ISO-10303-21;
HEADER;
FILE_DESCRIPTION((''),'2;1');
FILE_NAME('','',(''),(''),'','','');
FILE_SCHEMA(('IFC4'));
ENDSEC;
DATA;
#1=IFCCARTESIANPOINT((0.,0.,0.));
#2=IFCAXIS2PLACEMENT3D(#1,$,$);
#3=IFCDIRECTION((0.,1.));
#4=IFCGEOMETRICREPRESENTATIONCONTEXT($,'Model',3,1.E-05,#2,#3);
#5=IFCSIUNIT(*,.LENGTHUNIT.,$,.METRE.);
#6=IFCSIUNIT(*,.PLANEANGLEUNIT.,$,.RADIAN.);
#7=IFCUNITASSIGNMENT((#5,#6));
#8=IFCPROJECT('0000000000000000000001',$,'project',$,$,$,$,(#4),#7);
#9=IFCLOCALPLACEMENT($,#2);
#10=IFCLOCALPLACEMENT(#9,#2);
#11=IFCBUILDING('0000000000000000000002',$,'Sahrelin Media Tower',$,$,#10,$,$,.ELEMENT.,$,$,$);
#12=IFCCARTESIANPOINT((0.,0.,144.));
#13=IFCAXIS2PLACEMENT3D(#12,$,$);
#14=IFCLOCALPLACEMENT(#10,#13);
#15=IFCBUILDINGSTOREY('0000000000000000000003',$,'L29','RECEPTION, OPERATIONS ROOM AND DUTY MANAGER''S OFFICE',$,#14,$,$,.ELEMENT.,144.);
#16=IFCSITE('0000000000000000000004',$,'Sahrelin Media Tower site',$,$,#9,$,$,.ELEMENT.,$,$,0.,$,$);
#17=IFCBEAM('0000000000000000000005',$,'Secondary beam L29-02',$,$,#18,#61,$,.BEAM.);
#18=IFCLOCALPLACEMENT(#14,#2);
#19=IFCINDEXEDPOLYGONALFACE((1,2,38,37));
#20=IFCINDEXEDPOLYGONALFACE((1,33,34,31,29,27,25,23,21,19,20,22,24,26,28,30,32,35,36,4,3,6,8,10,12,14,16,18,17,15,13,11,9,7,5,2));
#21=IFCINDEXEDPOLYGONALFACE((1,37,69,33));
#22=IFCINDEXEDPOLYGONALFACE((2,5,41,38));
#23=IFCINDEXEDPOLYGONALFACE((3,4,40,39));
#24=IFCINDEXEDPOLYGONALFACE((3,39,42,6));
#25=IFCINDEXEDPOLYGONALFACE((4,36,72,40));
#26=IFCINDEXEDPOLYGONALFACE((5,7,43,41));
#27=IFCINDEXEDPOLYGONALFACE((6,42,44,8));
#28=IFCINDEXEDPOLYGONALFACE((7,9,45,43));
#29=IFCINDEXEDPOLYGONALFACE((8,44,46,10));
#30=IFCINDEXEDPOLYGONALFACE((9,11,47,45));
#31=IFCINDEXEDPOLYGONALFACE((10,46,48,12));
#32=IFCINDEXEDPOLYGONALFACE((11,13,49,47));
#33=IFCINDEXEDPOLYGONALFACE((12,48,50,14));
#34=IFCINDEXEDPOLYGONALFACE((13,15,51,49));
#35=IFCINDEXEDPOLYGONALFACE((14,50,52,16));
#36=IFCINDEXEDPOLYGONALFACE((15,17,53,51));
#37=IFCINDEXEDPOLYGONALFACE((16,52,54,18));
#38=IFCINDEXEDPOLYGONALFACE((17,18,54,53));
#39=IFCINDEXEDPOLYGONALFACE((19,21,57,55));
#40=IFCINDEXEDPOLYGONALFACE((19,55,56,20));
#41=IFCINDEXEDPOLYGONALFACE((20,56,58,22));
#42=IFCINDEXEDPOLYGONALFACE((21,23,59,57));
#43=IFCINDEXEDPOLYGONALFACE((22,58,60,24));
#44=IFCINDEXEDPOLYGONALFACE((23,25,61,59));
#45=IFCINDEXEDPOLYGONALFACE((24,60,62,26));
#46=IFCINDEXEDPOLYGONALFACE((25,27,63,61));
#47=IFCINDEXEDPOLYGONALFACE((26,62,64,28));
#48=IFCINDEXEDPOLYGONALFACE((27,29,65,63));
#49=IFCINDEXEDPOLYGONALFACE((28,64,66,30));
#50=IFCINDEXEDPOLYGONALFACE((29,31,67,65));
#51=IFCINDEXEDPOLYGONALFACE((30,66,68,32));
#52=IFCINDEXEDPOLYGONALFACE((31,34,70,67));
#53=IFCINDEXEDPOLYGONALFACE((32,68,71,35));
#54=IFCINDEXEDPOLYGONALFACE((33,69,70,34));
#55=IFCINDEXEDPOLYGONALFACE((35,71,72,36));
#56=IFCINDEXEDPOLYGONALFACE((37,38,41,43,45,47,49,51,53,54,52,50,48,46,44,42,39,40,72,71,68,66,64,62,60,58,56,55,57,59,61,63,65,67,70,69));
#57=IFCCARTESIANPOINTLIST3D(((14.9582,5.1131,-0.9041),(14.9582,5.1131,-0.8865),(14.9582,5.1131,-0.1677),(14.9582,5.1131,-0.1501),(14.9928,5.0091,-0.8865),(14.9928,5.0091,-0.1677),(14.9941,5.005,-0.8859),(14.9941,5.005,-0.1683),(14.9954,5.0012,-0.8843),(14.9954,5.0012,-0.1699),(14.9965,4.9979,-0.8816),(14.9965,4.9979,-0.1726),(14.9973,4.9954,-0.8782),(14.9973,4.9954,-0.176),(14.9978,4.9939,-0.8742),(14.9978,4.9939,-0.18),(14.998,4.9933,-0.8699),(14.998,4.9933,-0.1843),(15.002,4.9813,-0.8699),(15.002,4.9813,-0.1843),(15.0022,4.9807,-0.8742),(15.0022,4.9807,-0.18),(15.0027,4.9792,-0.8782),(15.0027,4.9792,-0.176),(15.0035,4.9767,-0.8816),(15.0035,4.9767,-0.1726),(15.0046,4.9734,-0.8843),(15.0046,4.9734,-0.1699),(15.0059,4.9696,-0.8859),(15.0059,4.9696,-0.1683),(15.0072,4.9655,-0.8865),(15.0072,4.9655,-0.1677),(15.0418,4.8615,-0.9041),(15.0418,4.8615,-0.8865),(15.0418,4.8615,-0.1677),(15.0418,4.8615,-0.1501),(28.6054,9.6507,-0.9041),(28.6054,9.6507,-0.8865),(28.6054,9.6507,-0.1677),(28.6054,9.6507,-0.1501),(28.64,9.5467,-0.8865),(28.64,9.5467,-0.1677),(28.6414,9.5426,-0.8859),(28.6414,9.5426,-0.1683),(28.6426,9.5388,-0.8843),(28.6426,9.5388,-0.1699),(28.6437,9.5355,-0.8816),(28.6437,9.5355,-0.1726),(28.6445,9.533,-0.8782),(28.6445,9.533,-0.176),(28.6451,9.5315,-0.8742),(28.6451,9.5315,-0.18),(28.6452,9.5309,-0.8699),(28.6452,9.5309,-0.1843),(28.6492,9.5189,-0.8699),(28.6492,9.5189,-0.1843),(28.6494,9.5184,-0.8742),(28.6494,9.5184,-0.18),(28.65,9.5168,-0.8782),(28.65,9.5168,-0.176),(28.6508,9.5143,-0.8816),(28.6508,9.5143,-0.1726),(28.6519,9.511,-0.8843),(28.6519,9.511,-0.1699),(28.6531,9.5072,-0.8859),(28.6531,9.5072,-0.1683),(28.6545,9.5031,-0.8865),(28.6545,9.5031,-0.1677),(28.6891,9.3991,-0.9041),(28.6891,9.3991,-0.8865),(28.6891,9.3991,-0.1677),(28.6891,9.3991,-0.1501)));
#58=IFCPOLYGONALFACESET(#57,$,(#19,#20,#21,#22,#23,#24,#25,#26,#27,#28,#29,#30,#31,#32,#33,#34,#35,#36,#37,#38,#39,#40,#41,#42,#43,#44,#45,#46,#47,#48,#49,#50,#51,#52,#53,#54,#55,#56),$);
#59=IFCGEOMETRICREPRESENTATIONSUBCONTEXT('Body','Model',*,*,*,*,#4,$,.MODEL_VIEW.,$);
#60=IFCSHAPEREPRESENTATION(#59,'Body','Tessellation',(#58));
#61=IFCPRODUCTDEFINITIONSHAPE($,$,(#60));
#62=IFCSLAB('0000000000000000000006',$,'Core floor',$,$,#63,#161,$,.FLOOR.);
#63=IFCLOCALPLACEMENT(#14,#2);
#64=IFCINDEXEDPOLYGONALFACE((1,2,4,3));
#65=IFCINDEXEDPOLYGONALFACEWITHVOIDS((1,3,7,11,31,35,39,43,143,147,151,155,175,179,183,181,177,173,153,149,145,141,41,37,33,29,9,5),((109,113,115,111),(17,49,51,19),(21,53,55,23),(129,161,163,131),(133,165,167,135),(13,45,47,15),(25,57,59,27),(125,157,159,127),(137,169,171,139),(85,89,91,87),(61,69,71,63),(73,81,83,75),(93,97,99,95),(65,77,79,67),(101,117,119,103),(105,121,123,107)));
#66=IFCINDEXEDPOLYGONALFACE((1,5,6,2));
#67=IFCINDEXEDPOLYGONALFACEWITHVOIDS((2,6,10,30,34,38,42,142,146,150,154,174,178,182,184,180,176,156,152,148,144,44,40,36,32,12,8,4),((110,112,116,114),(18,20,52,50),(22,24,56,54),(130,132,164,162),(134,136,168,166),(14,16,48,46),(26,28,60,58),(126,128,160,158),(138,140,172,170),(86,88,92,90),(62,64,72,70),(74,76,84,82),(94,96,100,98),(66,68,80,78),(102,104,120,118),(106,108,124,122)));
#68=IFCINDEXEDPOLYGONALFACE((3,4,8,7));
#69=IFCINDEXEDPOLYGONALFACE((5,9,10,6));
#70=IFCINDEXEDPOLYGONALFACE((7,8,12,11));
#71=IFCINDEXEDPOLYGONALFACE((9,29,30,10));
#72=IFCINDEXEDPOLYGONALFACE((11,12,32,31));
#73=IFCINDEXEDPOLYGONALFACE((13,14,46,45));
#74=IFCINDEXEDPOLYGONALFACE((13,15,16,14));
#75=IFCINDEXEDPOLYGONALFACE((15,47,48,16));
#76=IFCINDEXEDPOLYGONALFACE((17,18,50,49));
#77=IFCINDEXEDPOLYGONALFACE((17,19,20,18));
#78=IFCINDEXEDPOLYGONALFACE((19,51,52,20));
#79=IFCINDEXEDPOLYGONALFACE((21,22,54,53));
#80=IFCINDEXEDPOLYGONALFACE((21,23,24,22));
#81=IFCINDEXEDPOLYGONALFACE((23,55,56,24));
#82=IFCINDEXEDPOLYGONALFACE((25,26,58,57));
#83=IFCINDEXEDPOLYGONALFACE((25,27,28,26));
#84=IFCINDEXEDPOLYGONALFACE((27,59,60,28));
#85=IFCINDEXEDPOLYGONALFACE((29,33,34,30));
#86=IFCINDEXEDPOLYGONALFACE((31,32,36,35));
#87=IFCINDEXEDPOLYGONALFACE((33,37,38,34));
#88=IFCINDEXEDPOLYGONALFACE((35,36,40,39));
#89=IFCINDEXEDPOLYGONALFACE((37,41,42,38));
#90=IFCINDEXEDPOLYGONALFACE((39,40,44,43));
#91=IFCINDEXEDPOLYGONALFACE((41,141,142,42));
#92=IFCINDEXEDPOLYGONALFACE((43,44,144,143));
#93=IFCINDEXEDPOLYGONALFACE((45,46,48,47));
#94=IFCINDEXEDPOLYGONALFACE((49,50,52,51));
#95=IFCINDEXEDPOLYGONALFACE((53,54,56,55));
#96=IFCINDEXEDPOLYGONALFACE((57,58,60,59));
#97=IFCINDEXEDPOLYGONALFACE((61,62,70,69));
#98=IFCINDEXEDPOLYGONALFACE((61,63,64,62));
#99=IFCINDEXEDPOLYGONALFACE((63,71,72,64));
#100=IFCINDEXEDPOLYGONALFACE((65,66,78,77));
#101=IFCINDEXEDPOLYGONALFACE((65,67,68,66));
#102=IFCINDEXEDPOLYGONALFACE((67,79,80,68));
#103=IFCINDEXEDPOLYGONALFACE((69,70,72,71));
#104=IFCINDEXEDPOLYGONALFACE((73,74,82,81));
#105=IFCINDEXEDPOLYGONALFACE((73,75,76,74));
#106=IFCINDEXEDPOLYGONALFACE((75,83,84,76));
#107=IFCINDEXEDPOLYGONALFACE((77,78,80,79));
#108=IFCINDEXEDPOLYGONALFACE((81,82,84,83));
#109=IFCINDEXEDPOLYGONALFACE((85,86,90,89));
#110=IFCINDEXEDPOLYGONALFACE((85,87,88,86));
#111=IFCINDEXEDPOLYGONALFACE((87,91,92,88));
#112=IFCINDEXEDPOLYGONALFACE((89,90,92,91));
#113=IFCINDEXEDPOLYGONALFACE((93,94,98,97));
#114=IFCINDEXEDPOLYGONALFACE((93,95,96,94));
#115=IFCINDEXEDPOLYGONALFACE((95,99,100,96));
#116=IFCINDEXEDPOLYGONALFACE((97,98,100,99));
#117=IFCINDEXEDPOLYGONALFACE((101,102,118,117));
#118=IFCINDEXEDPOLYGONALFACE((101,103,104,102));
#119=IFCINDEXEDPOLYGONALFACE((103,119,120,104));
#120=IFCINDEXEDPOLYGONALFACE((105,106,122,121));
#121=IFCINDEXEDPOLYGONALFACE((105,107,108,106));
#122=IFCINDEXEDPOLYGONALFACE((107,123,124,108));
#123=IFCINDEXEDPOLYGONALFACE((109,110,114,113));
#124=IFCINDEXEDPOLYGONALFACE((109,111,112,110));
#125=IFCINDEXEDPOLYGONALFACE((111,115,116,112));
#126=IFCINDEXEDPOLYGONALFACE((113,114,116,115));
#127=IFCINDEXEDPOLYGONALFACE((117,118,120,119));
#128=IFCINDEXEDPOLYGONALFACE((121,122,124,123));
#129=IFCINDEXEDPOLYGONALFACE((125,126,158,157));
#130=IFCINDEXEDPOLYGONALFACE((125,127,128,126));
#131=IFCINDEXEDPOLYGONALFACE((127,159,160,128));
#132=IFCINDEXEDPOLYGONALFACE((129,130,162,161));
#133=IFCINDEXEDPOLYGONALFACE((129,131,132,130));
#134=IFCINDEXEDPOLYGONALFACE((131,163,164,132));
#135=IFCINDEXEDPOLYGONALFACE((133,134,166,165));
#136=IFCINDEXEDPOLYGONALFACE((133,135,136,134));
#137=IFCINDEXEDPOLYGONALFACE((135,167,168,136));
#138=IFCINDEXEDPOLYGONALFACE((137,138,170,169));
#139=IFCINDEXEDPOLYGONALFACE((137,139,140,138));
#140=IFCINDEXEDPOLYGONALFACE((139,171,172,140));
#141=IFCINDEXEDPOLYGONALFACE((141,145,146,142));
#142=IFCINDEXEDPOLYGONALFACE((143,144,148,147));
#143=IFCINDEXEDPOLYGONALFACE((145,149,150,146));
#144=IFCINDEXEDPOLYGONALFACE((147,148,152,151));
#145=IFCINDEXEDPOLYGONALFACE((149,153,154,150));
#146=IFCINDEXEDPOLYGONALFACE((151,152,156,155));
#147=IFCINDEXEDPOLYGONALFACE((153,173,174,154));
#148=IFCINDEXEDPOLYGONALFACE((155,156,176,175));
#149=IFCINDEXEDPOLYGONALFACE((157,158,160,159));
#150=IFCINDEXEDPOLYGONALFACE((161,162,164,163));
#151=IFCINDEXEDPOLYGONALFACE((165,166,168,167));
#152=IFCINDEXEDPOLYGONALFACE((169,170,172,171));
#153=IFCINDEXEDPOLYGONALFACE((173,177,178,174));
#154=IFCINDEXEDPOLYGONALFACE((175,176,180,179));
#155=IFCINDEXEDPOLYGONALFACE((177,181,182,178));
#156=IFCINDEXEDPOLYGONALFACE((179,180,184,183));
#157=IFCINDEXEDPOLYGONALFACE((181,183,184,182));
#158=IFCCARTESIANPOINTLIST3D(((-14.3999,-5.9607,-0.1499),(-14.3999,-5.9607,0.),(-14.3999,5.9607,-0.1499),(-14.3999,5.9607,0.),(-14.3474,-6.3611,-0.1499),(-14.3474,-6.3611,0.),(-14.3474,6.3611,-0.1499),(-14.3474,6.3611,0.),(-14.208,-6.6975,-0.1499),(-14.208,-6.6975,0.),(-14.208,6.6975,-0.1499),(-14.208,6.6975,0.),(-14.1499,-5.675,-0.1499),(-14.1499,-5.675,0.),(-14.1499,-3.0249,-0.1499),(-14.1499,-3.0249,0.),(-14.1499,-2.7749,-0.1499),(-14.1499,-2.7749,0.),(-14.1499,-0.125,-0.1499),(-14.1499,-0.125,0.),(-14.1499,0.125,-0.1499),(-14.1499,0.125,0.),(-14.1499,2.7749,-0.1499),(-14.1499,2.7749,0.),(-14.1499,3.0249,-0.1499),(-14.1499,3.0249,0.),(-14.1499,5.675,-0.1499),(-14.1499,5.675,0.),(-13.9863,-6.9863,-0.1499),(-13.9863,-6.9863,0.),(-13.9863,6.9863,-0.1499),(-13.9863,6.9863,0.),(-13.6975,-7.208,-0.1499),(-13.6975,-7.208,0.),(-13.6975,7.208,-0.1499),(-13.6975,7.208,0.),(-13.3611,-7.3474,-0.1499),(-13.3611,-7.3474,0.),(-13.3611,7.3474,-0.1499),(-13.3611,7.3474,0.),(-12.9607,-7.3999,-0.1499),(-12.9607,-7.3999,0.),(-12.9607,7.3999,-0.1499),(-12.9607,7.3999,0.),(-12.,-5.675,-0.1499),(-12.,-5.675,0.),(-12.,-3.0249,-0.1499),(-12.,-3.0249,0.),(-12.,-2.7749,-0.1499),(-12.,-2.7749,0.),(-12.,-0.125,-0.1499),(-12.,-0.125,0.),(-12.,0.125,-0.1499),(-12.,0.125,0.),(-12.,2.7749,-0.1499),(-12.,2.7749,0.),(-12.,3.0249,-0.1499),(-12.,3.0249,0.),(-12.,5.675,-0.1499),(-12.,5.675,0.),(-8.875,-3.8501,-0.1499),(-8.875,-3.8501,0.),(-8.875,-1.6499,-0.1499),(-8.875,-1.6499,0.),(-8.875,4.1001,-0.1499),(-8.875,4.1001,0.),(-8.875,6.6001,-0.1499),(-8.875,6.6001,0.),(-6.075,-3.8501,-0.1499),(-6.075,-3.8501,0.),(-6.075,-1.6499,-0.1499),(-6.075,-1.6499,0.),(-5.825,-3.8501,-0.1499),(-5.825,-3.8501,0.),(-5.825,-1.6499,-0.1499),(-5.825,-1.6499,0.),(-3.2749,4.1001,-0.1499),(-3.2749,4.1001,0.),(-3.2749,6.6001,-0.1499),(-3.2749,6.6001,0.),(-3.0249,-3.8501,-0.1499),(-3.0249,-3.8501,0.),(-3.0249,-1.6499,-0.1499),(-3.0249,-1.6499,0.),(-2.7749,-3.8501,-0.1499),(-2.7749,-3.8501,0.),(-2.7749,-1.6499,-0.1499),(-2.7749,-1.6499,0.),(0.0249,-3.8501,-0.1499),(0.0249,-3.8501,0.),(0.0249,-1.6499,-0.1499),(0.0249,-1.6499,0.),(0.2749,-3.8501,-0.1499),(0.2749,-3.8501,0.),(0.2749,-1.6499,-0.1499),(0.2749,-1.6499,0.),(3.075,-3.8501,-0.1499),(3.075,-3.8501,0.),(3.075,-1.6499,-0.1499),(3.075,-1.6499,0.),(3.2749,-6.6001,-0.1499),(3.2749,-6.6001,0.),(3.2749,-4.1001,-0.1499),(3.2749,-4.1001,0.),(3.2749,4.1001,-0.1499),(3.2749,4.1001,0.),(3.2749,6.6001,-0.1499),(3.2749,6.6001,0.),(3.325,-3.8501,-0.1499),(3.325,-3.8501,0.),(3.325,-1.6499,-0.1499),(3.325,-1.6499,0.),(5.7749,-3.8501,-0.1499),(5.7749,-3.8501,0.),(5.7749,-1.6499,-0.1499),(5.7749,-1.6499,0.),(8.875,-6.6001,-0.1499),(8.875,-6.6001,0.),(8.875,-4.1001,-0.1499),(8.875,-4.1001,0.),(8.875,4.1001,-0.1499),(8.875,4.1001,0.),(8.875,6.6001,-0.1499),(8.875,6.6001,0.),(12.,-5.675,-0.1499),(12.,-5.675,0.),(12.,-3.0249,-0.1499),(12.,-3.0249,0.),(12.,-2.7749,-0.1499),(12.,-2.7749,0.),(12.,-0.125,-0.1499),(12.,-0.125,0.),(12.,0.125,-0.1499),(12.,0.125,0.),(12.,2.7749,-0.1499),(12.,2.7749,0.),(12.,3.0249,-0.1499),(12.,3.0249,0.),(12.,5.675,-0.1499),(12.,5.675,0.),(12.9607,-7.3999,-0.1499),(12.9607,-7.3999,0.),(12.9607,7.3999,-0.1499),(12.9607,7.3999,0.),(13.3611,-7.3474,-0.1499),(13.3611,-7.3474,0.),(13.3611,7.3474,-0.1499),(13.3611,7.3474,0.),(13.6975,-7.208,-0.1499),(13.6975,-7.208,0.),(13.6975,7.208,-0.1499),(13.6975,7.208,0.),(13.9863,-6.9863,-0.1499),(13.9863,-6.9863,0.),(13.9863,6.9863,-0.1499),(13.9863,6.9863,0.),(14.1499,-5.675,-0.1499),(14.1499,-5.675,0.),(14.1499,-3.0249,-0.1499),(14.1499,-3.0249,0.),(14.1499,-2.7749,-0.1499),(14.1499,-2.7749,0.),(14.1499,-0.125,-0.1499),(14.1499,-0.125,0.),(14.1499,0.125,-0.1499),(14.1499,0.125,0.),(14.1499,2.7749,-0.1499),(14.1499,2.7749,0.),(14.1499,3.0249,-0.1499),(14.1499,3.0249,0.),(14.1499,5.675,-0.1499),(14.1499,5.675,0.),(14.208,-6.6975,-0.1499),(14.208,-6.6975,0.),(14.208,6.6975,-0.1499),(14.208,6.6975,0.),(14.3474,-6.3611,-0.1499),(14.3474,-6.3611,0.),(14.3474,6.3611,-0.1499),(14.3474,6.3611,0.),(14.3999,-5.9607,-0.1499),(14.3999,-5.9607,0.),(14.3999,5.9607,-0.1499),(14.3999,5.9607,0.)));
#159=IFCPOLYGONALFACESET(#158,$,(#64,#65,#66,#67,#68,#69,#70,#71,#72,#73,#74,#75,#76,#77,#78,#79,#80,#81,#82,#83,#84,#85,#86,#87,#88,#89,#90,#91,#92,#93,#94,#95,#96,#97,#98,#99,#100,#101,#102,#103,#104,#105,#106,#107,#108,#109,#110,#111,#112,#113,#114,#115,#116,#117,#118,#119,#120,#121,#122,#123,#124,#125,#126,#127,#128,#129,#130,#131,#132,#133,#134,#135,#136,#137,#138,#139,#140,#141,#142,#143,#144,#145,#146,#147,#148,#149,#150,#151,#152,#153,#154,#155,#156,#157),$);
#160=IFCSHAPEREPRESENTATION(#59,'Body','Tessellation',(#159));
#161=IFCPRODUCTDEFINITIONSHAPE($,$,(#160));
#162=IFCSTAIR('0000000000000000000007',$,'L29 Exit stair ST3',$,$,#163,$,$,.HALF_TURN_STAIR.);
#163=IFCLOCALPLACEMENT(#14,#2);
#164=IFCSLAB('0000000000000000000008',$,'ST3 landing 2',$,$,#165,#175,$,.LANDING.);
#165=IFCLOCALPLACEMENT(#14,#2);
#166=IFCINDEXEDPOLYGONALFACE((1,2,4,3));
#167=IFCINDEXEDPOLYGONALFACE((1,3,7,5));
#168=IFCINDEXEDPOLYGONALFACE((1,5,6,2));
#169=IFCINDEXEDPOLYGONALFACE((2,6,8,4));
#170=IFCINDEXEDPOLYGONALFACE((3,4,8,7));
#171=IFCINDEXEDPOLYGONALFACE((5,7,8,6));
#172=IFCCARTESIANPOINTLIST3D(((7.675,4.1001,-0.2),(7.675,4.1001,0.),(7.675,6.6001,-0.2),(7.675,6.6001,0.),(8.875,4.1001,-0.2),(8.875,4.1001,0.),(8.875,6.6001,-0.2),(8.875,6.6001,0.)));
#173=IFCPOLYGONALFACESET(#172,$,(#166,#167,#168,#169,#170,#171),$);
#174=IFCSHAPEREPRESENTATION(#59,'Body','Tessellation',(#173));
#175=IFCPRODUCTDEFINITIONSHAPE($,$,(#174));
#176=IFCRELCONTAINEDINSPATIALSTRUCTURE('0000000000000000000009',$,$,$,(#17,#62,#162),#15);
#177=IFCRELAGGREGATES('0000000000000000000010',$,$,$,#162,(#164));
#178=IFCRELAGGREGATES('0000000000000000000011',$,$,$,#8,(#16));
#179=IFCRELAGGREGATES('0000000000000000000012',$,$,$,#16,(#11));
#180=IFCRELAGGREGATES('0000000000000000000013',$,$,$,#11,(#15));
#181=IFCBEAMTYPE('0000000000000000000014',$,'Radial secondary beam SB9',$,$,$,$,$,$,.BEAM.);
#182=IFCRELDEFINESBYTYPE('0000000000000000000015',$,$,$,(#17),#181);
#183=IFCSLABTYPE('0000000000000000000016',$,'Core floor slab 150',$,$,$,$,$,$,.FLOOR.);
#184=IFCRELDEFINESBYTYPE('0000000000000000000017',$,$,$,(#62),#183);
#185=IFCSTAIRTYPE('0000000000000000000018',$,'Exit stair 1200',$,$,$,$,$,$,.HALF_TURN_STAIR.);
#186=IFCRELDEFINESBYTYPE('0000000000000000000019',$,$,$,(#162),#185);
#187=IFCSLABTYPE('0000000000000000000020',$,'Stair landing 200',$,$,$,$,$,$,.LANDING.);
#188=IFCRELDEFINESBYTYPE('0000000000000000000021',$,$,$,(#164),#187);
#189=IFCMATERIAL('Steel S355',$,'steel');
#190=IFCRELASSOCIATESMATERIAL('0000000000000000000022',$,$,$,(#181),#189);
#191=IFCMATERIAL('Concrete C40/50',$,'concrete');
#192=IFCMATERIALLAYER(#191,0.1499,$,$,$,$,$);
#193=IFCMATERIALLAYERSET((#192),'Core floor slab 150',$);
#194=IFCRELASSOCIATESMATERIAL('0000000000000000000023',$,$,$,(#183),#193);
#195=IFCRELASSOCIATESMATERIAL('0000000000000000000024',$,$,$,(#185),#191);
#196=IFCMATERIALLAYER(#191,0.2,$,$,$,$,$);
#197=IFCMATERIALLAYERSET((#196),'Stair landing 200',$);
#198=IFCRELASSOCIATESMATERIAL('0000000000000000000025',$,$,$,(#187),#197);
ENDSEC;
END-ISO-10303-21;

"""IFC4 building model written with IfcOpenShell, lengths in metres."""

from ifc_helpers import new_model, si_unit, direction, frame, origin, origin_2d, place, context, subcontext, project, spatial, polyline, i_section, outline, extrude, material, layer, layer_set, material_profile, profile_set, type_object, element, aggregate, save


model = new_model("IFC4")

# Units and contexts
model_context = context("Model", 3, precision=1e-05, world=origin(), true_north=direction((0.0, 1.0)))
body_context = subcontext(model_context, "Body", "Model", "MODEL_VIEW")
ifc_project = project(units=[si_unit("LENGTHUNIT", "METRE"), si_unit("PLANEANGLEUNIT", "RADIAN")], contexts=[model_context])

# Site, building, storey
site_placement = place(None, origin())
site = spatial("IfcSite", under=ifc_project, at=site_placement, Name="Sahrelin Media Tower site", CompositionType="ELEMENT", RefElevation=0.0)
building_placement = place(site_placement, origin())
building = spatial("IfcBuilding", under=site, at=building_placement, Name="Sahrelin Media Tower", CompositionType="ELEMENT")
storey_placement = place(building_placement, frame((0.0, 0.0, 144.0)))
storey = spatial("IfcBuildingStorey", under=building, at=storey_placement, Name="L29", Description="RECEPTION, OPERATIONS ROOM AND DUTY MANAGER'S OFFICE", CompositionType="ELEMENT", Elevation=144.0)

# Beam
ifc_material_1 = material(Name="Steel S355", Category="steel")
ifc_material_profile_1 = material_profile(ifc_material_1, i_section(OverallWidth=0.2651, OverallDepth=0.7539, WebThickness=0.0127, FlangeThickness=0.0176, FilletRadius=0.0166, at=origin_2d()), Name="UB 762x267x147")
ifc_profile_set_1 = profile_set([ifc_material_profile_1], Name="Steel S355")
beam_type_1 = type_object("IfcBeamType", Name="Radial secondary beam SB9", PredefinedType="BEAM", material=ifc_profile_set_1)
beam_1_placement = place(storey_placement, frame((15.0, 4.9873, -0.5271), z_axis=(0.948922, 0.31551, 0.0), x_axis=(-0.31551, 0.948922, 0.0)))
element("IfcBeam", 1, at=beam_1_placement, inside=storey, type_object=beam_type_1, Name="Secondary beam L29-02", PredefinedType="BEAM", context=body_context, shape_type="SweptSolid", body=[
    extrude(i_section(OverallWidth=0.2651, OverallDepth=0.7539, WebThickness=0.0127, FlangeThickness=0.0176, FilletRadius=0.0166, at=origin_2d()), origin(), (0.0, 0.0, 1.0), 14.3818),
])

# Slab
ifc_material_2 = material(Name="Concrete C40/50", Category="concrete")
ifc_layer_1 = layer(ifc_material_2, 0.1499)
ifc_layer_set_1 = layer_set([ifc_layer_1], Name="Core floor slab 150")
slab_type_1 = type_object("IfcSlabType", Name="Core floor slab 150", PredefinedType="FLOOR", material=ifc_layer_set_1)
slab_1_placement = place(storey_placement, frame((0.0, 0.0, -0.1499)))
element("IfcSlab", 2, at=slab_1_placement, inside=storey, type_object=slab_type_1, Name="Core floor", PredefinedType="FLOOR", context=body_context, shape_type="SweptSolid", body=[
    extrude(outline(polyline([(-14.3474, 6.3611), (-14.3999, 5.9607), (-14.3999, -5.9607), (-14.3474, -6.3611), (-14.208, -6.6975), (-13.9863, -6.9863), (-13.6975, -7.208), (-13.3611, -7.3474), (-12.9607, -7.3999), (12.9607, -7.3999), (13.3611, -7.3474), (13.6975, -7.208), (13.9863, -6.9863), (14.208, -6.6975), (14.3474, -6.3611), (14.3999, -5.9607), (14.3999, 5.9607), (14.3474, 6.3611), (14.208, 6.6975), (13.9863, 6.9863), (13.6975, 7.208), (13.3611, 7.3474), (12.9607, 7.3999), (-12.9607, 7.3999), (-13.3611, 7.3474), (-13.6975, 7.208), (-13.9863, 6.9863), (-14.208, 6.6975), (-14.3474, 6.3611)]), holes=[polyline([(-12.0, 3.0249), (-12.0, 5.675), (-14.1499, 5.675), (-14.1499, 3.0249), (-12.0, 3.0249)]), polyline([(-14.1499, 0.125), (-12.0, 0.125), (-12.0, 2.7749), (-14.1499, 2.7749), (-14.1499, 0.125)]), polyline([(-14.1499, -0.125), (-14.1499, -2.7749), (-12.0, -2.7749), (-12.0, -0.125), (-14.1499, -0.125)]), polyline([(-12.0, -3.0249), (-14.1499, -3.0249), (-14.1499, -5.675), (-12.0, -5.675), (-12.0, -3.0249)]), polyline([(14.1499, 3.0249), (14.1499, 5.675), (12.0, 5.675), (12.0, 3.0249), (14.1499, 3.0249)]), polyline([(12.0, 0.125), (14.1499, 0.125), (14.1499, 2.7749), (12.0, 2.7749), (12.0, 0.125)]), polyline([(12.0, -0.125), (12.0, -2.7749), (14.1499, -2.7749), (14.1499, -0.125), (12.0, -0.125)]), polyline([(14.1499, -3.0249), (12.0, -3.0249), (12.0, -5.675), (14.1499, -5.675), (14.1499, -3.0249)]), polyline([(-6.075, -3.8501), (-6.075, -1.6499), (-8.875, -1.6499), (-8.875, -3.8501), (-6.075, -3.8501)]), polyline([(-5.825, -3.8501), (-3.0249, -3.8501), (-3.0249, -1.6499), (-5.825, -1.6499), (-5.825, -3.8501)]), polyline([(-2.7749, -1.6499), (-2.7749, -3.8501), (0.0249, -3.8501), (0.0249, -1.6499), (-2.7749, -1.6499)]), polyline([(3.075, -1.6499), (0.2749, -1.6499), (0.2749, -3.8501), (3.075, -3.8501), (3.075, -1.6499)]), polyline([(5.7749, -3.8501), (5.7749, -1.6499), (3.325, -1.6499), (3.325, -3.8501), (5.7749, -3.8501)]), polyline([(-8.875, 6.6001), (-8.875, 4.1001), (-3.2749, 4.1001), (-3.2749, 6.6001), (-8.875, 6.6001)]), polyline([(3.2749, 4.1001), (8.875, 4.1001), (8.875, 6.6001), (3.2749, 6.6001), (3.2749, 4.1001)]), polyline([(3.2749, -4.1001), (3.2749, -6.6001), (8.875, -6.6001), (8.875, -4.1001), (3.2749, -4.1001)])]), origin(), (0.0, 0.0, 1.0), 0.1499),
])

# Stair, slab
stair_type = type_object("IfcStairType", Name="Exit stair 1200", PredefinedType="HALF_TURN_STAIR", material=ifc_material_2)
placement_1 = place(storey_placement, origin())
stair_1 = element("IfcStair", 3, at=placement_1, inside=storey, type_object=stair_type, Name="L29 Exit stair ST3", PredefinedType="HALF_TURN_STAIR")
ifc_layer_2 = layer(ifc_material_2, 0.2)
ifc_layer_set_2 = layer_set([ifc_layer_2], Name="Stair landing 200")
slab_type_2 = type_object("IfcSlabType", Name="Stair landing 200", PredefinedType="LANDING", material=ifc_layer_set_2)
placement_2 = place(storey_placement, frame((0.0, 0.0, -0.2)))
slab_2 = element("IfcSlab", 4, at=placement_2, type_object=slab_type_2, Name="ST3 landing 2", PredefinedType="LANDING", context=body_context, shape_type="SweptSolid", body=[
    extrude(outline(polyline([(8.875, 6.6001), (7.675, 6.6001), (7.675, 4.1001), (8.875, 4.1001), (8.875, 6.6001)])), origin(), (0.0, 0.0, 1.0), 0.2),
])
aggregate(stair_1, [slab_2])

save(model, "model.ifc")
